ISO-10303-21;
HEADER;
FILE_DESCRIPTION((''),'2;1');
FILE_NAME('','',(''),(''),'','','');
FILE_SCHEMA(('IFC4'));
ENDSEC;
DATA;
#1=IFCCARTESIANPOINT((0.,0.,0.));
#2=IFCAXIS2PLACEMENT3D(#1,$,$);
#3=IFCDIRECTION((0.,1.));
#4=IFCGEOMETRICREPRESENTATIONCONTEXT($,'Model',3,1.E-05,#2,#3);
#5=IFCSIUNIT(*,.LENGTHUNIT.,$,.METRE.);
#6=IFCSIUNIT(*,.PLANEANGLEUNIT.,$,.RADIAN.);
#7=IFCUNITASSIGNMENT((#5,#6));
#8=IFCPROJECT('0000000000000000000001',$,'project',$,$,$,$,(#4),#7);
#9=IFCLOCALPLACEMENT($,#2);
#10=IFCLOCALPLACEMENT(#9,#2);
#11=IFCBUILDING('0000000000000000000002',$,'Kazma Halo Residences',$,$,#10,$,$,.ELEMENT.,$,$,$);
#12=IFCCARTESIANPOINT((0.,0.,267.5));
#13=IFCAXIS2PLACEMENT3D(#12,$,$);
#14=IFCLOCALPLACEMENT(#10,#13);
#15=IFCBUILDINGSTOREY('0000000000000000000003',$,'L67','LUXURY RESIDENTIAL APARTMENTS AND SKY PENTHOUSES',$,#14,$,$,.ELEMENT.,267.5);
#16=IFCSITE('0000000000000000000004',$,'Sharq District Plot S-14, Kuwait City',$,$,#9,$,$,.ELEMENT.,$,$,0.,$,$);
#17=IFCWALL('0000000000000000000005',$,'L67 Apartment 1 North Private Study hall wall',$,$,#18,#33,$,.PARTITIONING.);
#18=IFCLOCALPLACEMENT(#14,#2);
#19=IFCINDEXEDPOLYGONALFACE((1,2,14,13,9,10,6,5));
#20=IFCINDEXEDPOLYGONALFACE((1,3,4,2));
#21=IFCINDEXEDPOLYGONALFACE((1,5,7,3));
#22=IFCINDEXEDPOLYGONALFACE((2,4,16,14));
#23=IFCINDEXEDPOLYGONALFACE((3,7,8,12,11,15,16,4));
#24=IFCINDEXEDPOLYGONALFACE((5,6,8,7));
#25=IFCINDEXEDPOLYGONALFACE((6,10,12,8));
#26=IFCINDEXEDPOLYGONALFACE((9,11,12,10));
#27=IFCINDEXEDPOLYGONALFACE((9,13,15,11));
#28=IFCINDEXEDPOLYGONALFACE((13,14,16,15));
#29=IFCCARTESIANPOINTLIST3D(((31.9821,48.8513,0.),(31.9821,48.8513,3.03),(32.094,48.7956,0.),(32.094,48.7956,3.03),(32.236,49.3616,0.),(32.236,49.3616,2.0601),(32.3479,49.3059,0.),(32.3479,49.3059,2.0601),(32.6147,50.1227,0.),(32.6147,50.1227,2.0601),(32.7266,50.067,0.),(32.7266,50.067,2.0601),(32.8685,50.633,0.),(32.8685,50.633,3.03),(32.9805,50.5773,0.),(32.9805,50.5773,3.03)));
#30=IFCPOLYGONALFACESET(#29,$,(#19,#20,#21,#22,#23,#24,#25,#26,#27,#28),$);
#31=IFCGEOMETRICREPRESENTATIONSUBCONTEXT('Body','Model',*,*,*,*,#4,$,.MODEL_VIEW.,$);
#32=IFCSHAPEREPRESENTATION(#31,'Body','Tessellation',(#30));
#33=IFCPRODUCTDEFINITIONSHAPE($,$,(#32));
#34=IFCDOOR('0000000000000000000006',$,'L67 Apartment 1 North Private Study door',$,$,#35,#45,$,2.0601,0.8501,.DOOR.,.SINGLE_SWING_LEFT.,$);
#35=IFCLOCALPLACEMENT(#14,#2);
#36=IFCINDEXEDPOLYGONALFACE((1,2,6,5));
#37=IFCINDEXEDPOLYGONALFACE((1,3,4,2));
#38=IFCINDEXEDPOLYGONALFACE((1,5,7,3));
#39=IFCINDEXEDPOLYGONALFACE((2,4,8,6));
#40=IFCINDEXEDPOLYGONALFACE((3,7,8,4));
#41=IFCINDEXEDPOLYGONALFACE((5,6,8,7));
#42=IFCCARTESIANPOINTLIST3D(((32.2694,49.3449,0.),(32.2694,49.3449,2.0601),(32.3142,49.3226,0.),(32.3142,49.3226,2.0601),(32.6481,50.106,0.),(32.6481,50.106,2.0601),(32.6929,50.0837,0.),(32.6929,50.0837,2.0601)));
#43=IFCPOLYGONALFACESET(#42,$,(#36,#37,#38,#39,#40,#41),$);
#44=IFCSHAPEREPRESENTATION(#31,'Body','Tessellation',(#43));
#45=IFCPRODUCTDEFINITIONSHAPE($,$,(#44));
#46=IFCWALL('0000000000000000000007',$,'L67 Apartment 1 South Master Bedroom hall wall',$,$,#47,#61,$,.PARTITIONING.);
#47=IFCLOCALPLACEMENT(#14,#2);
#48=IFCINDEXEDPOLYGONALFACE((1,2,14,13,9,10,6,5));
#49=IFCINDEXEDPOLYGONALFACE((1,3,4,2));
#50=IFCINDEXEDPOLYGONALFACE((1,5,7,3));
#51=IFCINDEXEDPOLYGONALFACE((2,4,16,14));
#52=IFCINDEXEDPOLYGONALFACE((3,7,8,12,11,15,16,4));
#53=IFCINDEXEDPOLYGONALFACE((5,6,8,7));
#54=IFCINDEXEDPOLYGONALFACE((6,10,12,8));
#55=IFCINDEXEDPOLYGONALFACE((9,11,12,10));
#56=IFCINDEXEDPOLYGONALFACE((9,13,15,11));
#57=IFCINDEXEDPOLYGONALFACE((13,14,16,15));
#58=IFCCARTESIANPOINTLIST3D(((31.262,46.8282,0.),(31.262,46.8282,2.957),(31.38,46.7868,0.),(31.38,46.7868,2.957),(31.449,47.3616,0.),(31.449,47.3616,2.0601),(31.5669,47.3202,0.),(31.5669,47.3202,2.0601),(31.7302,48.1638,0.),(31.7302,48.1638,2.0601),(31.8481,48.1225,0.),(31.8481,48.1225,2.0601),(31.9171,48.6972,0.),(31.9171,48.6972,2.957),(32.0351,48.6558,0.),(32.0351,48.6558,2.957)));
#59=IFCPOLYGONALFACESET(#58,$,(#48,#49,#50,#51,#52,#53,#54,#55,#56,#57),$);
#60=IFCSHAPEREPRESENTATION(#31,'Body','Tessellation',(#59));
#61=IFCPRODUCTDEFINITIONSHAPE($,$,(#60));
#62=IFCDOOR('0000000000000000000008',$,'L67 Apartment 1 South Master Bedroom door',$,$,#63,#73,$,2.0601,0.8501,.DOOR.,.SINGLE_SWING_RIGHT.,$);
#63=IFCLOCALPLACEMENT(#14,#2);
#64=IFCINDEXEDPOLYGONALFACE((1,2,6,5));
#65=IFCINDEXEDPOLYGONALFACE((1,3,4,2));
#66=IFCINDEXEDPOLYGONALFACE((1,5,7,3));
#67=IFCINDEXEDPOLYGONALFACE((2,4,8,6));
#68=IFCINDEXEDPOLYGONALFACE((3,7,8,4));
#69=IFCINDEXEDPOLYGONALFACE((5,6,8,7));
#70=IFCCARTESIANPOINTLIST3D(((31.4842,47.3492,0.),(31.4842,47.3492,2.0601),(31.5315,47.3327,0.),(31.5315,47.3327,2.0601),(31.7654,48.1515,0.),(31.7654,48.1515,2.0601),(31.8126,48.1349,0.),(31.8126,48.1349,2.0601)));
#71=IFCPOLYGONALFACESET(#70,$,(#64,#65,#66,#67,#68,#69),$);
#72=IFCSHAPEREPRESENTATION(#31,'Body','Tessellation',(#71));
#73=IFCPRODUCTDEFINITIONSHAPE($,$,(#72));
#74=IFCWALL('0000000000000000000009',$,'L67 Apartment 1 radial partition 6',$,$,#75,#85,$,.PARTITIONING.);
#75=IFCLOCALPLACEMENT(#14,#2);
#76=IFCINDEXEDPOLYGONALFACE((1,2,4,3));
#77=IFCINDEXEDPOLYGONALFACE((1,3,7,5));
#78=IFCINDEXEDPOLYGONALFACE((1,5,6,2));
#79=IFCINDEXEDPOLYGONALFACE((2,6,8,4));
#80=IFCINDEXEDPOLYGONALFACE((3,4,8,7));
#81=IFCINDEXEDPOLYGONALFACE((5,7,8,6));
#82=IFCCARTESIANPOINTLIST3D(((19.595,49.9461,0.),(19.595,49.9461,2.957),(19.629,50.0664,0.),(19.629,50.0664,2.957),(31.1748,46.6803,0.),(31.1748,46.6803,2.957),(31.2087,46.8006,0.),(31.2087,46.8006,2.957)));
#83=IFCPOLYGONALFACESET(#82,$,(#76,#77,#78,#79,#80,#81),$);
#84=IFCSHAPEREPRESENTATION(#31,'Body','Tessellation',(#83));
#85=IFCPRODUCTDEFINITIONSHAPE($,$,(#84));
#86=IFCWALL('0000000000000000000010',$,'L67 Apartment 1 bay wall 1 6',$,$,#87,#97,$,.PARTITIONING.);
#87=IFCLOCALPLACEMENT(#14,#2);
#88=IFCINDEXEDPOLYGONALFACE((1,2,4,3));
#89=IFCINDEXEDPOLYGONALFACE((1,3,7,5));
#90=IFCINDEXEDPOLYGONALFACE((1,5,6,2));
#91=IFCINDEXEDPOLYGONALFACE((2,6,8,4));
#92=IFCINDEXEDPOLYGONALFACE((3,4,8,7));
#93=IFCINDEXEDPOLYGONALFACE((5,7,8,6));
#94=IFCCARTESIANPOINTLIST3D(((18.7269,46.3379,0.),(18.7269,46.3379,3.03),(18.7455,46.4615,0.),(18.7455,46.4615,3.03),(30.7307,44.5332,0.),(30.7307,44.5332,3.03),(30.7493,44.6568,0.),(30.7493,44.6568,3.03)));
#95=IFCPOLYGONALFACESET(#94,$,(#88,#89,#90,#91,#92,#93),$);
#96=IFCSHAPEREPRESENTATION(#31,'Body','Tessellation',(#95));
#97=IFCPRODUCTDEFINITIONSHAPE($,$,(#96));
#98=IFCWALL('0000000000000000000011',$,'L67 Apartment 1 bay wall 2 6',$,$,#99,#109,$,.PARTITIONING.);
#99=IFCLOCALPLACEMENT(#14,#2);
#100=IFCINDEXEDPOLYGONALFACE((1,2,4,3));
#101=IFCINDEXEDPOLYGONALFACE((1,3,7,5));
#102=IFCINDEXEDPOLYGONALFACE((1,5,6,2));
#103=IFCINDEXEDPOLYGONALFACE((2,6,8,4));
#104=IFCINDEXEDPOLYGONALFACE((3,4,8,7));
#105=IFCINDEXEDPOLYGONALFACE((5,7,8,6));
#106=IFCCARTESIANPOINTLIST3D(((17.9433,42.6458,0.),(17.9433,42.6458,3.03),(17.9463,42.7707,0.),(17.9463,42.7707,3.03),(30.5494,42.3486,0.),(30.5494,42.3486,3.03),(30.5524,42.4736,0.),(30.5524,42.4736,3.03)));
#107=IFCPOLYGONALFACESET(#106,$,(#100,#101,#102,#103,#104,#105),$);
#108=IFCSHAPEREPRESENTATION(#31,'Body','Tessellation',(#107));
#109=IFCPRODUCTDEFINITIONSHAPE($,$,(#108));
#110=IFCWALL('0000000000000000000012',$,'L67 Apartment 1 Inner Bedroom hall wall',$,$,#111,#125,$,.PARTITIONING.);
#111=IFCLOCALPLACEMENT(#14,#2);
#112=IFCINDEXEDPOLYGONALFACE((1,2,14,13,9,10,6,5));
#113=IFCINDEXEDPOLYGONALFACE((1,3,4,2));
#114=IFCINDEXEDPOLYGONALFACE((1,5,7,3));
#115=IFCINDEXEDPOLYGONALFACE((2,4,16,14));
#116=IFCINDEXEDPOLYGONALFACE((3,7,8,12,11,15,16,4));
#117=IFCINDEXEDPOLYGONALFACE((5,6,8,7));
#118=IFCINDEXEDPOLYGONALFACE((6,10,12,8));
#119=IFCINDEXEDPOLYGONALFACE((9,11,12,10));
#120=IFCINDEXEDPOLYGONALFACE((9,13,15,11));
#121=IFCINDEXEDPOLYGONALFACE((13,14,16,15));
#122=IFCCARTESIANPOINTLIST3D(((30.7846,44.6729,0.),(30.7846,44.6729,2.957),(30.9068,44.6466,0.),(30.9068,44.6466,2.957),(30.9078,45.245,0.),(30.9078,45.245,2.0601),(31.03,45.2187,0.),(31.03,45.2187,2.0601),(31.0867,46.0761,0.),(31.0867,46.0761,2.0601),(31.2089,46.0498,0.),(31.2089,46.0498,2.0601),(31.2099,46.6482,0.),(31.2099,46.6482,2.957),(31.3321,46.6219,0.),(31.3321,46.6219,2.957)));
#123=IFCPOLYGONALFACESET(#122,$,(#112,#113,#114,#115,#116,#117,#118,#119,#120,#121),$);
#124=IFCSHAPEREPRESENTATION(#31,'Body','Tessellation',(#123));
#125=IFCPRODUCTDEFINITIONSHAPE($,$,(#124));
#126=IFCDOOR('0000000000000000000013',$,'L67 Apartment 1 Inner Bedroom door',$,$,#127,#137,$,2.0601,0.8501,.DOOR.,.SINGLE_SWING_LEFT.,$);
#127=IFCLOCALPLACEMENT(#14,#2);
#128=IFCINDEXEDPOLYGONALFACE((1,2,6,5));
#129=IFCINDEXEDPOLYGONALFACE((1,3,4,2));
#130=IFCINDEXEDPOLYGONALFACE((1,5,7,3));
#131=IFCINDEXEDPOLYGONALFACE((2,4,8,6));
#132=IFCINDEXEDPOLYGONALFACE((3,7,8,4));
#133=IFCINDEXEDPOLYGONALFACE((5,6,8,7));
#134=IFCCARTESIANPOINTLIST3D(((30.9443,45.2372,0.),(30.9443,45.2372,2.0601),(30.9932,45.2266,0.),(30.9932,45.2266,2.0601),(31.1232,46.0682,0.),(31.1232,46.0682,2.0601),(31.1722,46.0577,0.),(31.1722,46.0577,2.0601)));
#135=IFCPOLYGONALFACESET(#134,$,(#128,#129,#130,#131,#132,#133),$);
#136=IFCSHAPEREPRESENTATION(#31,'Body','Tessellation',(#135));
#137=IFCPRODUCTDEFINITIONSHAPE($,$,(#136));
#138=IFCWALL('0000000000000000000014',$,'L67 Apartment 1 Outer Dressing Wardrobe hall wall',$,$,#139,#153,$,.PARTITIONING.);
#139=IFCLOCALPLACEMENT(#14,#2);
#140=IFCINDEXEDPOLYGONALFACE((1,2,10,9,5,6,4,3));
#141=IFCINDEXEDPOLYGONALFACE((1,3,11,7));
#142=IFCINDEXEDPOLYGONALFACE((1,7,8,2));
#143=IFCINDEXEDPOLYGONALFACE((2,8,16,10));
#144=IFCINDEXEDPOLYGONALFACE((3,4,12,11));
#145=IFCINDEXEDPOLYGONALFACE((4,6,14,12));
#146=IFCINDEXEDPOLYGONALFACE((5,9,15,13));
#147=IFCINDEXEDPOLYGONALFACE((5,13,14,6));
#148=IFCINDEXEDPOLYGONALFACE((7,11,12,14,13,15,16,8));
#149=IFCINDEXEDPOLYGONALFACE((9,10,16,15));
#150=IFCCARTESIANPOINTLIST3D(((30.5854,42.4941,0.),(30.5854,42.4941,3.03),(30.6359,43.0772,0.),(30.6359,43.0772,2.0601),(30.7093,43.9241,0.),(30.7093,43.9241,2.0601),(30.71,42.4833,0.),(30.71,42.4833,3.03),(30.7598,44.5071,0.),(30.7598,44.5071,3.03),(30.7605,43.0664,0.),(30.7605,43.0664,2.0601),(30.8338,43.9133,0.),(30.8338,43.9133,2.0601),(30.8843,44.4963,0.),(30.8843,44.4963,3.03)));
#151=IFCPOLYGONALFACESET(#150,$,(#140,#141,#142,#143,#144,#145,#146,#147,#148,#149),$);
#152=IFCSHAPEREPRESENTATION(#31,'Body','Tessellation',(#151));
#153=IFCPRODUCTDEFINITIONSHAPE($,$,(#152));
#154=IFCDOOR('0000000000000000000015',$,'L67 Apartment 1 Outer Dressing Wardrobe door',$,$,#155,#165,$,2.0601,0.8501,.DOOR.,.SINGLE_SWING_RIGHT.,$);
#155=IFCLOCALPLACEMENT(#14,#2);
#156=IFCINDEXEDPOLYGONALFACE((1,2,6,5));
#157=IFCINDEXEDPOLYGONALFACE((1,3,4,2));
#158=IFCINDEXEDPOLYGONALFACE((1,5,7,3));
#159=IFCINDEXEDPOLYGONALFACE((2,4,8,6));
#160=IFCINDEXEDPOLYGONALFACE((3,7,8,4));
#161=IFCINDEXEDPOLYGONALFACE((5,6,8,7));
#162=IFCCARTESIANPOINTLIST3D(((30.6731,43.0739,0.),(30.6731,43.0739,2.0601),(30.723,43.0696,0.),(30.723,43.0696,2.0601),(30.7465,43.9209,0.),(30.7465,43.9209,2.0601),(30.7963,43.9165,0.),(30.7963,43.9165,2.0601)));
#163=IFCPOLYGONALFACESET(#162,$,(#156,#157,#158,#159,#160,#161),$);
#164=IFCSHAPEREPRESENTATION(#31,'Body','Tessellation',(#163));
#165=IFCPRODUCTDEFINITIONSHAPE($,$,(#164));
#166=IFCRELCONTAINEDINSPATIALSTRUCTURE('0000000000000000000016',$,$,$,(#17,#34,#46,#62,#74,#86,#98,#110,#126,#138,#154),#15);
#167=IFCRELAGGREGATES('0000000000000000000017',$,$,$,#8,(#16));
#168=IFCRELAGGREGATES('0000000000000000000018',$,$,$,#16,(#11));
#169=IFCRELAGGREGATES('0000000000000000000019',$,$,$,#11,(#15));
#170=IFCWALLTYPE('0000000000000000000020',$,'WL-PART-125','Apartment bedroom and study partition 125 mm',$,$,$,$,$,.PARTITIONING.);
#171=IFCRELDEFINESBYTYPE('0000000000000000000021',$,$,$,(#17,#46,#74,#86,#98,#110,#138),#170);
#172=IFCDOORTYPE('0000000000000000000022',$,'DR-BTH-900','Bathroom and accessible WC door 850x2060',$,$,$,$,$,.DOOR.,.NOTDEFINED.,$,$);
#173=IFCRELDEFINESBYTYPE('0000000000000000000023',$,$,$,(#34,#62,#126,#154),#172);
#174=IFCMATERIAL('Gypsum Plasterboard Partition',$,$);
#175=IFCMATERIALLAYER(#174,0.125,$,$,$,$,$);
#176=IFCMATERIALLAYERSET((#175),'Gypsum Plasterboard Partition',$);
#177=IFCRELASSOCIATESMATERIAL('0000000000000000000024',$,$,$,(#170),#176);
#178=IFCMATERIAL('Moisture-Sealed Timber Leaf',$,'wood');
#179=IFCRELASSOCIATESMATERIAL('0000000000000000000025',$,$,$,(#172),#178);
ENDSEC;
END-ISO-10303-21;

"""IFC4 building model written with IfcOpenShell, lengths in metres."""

from ifc_helpers import new_model, si_unit, direction, frame, frame_2d, origin, place, context, subcontext, project, spatial, rectangle, extrude, material, layer, layer_set, type_object, element, fill, save


model = new_model("IFC4")

# Units and contexts
model_context = context("Model", 3, precision=1e-05, world=origin(), true_north=direction((0.0, 1.0)))
body_context = subcontext(model_context, "Body", "Model", "MODEL_VIEW")
ifc_project = project(units=[si_unit("LENGTHUNIT", "METRE"), si_unit("PLANEANGLEUNIT", "RADIAN")], contexts=[model_context])

# Site, building, storey
site_placement = place(None, origin())
site = spatial("IfcSite", under=ifc_project, at=site_placement, Name="Sharq District Plot S-14, Kuwait City", CompositionType="ELEMENT", RefElevation=0.0)
building_placement = place(site_placement, origin())
building = spatial("IfcBuilding", under=site, at=building_placement, Name="Kazma Halo Residences", CompositionType="ELEMENT")
storey_placement = place(building_placement, frame((0.0, 0.0, 267.5)))
storey = spatial("IfcBuildingStorey", under=building, at=storey_placement, Name="L67", Description="LUXURY RESIDENTIAL APARTMENTS AND SKY PENTHOUSES", CompositionType="ELEMENT", Elevation=267.5)

# Shared definitions
ifc_material_1 = material(Name="Gypsum Plasterboard Partition")
ifc_layer_1 = layer(ifc_material_1, 0.125)
ifc_layer_set_1 = layer_set([ifc_layer_1], Name="Gypsum Plasterboard Partition")
wall_type = type_object("IfcWallType", Name="WL-PART-125", Description="Apartment bedroom and study partition 125 mm", PredefinedType="PARTITIONING", material=ifc_layer_set_1)

# Walls, openings, doors
wall_1_placement = place(storey_placement, frame((32.9246, 50.6052, 0.0), z_axis=(0.0, 0.0, 1.0), x_axis=(-0.445446, -0.895309, 0.0)))
wall_1 = element("IfcWall", 1, at=wall_1_placement, inside=storey, type_object=wall_type, Name="L67 Apartment 1 North Private Study hall wall", PredefinedType="PARTITIONING", context=body_context, shape_type="SweptSolid", body=[
    extrude(rectangle(XDim=1.99, YDim=0.125, at=frame_2d((0.9951, 0.0))), origin(), (0.0, 0.0, 1.0), 3.03),
])
opening_1_placement = place(wall_1_placement, frame((0.5701, 0.0, 0.0)))
opening_1 = element("IfcOpeningElement", 2, at=opening_1_placement, cuts=wall_1, PredefinedType="OPENING", context=body_context, shape_type="SweptSolid", body=[
    extrude(rectangle(XDim=0.8501, YDim=2.0601, at=frame_2d((0.425, 1.03))), frame((0.0, 0.0725, 0.0), z_axis=(0.0, -1.0, 0.0), x_axis=(1.0, 0.0, 0.0)), (0.0, 0.0, 1.0), 0.145),
])
ifc_material_2 = material(Name="Moisture-Sealed Timber Leaf", Category="wood")
door_type = type_object("IfcDoorType", Name="DR-BTH-900", Description="Bathroom and accessible WC door 850x2060", OperationType="NOTDEFINED", PredefinedType="DOOR", material=ifc_material_2)
door_1_placement = place(opening_1_placement, origin())
door_1 = element("IfcDoor", 3, at=door_1_placement, inside=storey, type_object=door_type, Name="L67 Apartment 1 North Private Study door", OperationType="SINGLE_SWING_LEFT", OverallHeight=2.0601, OverallWidth=0.8501, PredefinedType="DOOR", context=body_context, shape_type="SweptSolid", body=[
    extrude(rectangle(XDim=0.8501, YDim=2.0601, at=frame_2d((0.425, 1.03))), frame((0.0, 0.0249, 0.0), z_axis=(0.0, -1.0, 0.0), x_axis=(1.0, 0.0, 0.0)), (0.0, 0.0, 1.0), 0.05),
])
fill(opening_1, door_1)
wall_2_placement = place(storey_placement, frame((31.9761, 48.6765, 0.0), z_axis=(0.0, 0.0, 1.0), x_axis=(-0.330762, -0.943714, 0.0)))
wall_2 = element("IfcWall", 4, at=wall_2_placement, inside=storey, type_object=wall_type, Name="L67 Apartment 1 South Master Bedroom hall wall", PredefinedType="PARTITIONING", context=body_context, shape_type="SweptSolid", body=[
    extrude(rectangle(XDim=1.9805, YDim=0.125, at=frame_2d((0.9902, 0.0))), origin(), (0.0, 0.0, 1.0), 2.957),
])
opening_2_placement = place(wall_2_placement, frame((0.5652, 0.0, 0.0)))
opening_2 = element("IfcOpeningElement", 5, at=opening_2_placement, cuts=wall_2, PredefinedType="OPENING", context=body_context, shape_type="SweptSolid", body=[
    extrude(rectangle(XDim=0.8501, YDim=2.0601, at=frame_2d((0.425, 1.03))), frame((0.0, 0.0725, 0.0), z_axis=(0.0, -1.0, 0.0), x_axis=(1.0, 0.0, 0.0)), (0.0, 0.0, 1.0), 0.145),
])
door_2_placement = place(opening_2_placement, origin())
door_2 = element("IfcDoor", 6, at=door_2_placement, inside=storey, type_object=door_type, Name="L67 Apartment 1 South Master Bedroom door", OperationType="SINGLE_SWING_RIGHT", OverallHeight=2.0601, OverallWidth=0.8501, PredefinedType="DOOR", context=body_context, shape_type="SweptSolid", body=[
    extrude(rectangle(XDim=0.8501, YDim=2.0601, at=frame_2d((0.425, 1.03))), frame((0.0, 0.0249, 0.0), z_axis=(0.0, -1.0, 0.0), x_axis=(1.0, 0.0, 0.0)), (0.0, 0.0, 1.0), 0.05),
])
fill(opening_2, door_2)

# Walls
wall_3_placement = place(storey_placement, frame((31.1917, 46.7405, 0.0), z_axis=(0.0, 0.0, 1.0), x_axis=(-0.962455, 0.271442, 0.0)))
element("IfcWall", 7, at=wall_3_placement, inside=storey, type_object=wall_type, Name="L67 Apartment 1 radial partition 6", PredefinedType="PARTITIONING", context=body_context, shape_type="SweptSolid", body=[
    extrude(rectangle(XDim=12.0315, YDim=0.125, at=frame_2d((6.0156, 0.0))), origin(), (0.0, 0.0, 1.0), 2.957),
])
wall_4_placement = place(storey_placement, frame((30.74, 44.595, 0.0), z_axis=(0.0, 0.0, 1.0), x_axis=(-0.988886, 0.148674, 0.0)))
element("IfcWall", 8, at=wall_4_placement, inside=storey, type_object=wall_type, Name="L67 Apartment 1 bay wall 1 6", PredefinedType="PARTITIONING", context=body_context, shape_type="SweptSolid", body=[
    extrude(rectangle(XDim=12.1387, YDim=0.125, at=frame_2d((6.0693, 0.0))), origin(), (0.0, 0.0, 1.0), 3.03),
])
wall_5_placement = place(storey_placement, frame((30.5508, 42.4111, 0.0), z_axis=(0.0, 0.0, 1.0), x_axis=(-0.999722, 0.023563, 0.0)))
element("IfcWall", 9, at=wall_5_placement, inside=storey, type_object=wall_type, Name="L67 Apartment 1 bay wall 2 6", PredefinedType="PARTITIONING", context=body_context, shape_type="SweptSolid", body=[
    extrude(rectangle(XDim=12.6096, YDim=0.125, at=frame_2d((6.3047, 0.0))), origin(), (0.0, 0.0, 1.0), 3.03),
])

# Walls, openings, doors
wall_6_placement = place(storey_placement, frame((31.271, 46.635, 0.0), z_axis=(0.0, 0.0, 1.0), x_axis=(-0.210478, -0.977599, 0.0)))
wall_6 = element("IfcWall", 10, at=wall_6_placement, inside=storey, type_object=wall_type, Name="L67 Apartment 1 Inner Bedroom hall wall", PredefinedType="PARTITIONING", context=body_context, shape_type="SweptSolid", body=[
    extrude(rectangle(XDim=2.0205, YDim=0.125, at=frame_2d((1.0103, 0.0))), origin(), (0.0, 0.0, 1.0), 2.957),
])
opening_3_placement = place(wall_6_placement, frame((0.5852, 0.0, 0.0)))
opening_3 = element("IfcOpeningElement", 11, at=opening_3_placement, cuts=wall_6, PredefinedType="OPENING", context=body_context, shape_type="SweptSolid", body=[
    extrude(rectangle(XDim=0.8501, YDim=2.0601, at=frame_2d((0.425, 1.03))), frame((0.0, 0.0725, 0.0), z_axis=(0.0, -1.0, 0.0), x_axis=(1.0, 0.0, 0.0)), (0.0, 0.0, 1.0), 0.145),
])
door_3_placement = place(opening_3_placement, origin())
door_3 = element("IfcDoor", 12, at=door_3_placement, inside=storey, type_object=door_type, Name="L67 Apartment 1 Inner Bedroom door", OperationType="SINGLE_SWING_LEFT", OverallHeight=2.0601, OverallWidth=0.8501, PredefinedType="DOOR", context=body_context, shape_type="SweptSolid", body=[
    extrude(rectangle(XDim=0.8501, YDim=2.0601, at=frame_2d((0.425, 1.03))), frame((0.0, 0.0249, 0.0), z_axis=(0.0, -1.0, 0.0), x_axis=(1.0, 0.0, 0.0)), (0.0, 0.0, 1.0), 0.05),
])
fill(opening_3, door_3)
wall_7_placement = place(storey_placement, frame((30.822, 44.5017, 0.0), z_axis=(0.0, 0.0, 1.0), x_axis=(-0.086275, -0.996271, 0.0)))
wall_7 = element("IfcWall", 13, at=wall_7_placement, inside=storey, type_object=wall_type, Name="L67 Apartment 1 Outer Dressing Wardrobe hall wall", PredefinedType="PARTITIONING", context=body_context, shape_type="SweptSolid", body=[
    extrude(rectangle(XDim=2.0205, YDim=0.125, at=frame_2d((1.0103, 0.0))), origin(), (0.0, 0.0, 1.0), 3.03),
])
opening_4_placement = place(wall_7_placement, frame((0.5852, 0.0, 0.0)))
opening_4 = element("IfcOpeningElement", 14, at=opening_4_placement, cuts=wall_7, PredefinedType="OPENING", context=body_context, shape_type="SweptSolid", body=[
    extrude(rectangle(XDim=0.8501, YDim=2.0601, at=frame_2d((0.425, 1.03))), frame((0.0, 0.0725, 0.0), z_axis=(0.0, -1.0, 0.0), x_axis=(1.0, 0.0, 0.0)), (0.0, 0.0, 1.0), 0.145),
])
door_4_placement = place(opening_4_placement, origin())
door_4 = element("IfcDoor", 15, at=door_4_placement, inside=storey, type_object=door_type, Name="L67 Apartment 1 Outer Dressing Wardrobe door", OperationType="SINGLE_SWING_RIGHT", OverallHeight=2.0601, OverallWidth=0.8501, PredefinedType="DOOR", context=body_context, shape_type="SweptSolid", body=[
    extrude(rectangle(XDim=0.8501, YDim=2.0601, at=frame_2d((0.425, 1.03))), frame((0.0, 0.0249, 0.0), z_axis=(0.0, -1.0, 0.0), x_axis=(1.0, 0.0, 0.0)), (0.0, 0.0, 1.0), 0.05),
])
fill(opening_4, door_4)

save(model, "model.ifc")
